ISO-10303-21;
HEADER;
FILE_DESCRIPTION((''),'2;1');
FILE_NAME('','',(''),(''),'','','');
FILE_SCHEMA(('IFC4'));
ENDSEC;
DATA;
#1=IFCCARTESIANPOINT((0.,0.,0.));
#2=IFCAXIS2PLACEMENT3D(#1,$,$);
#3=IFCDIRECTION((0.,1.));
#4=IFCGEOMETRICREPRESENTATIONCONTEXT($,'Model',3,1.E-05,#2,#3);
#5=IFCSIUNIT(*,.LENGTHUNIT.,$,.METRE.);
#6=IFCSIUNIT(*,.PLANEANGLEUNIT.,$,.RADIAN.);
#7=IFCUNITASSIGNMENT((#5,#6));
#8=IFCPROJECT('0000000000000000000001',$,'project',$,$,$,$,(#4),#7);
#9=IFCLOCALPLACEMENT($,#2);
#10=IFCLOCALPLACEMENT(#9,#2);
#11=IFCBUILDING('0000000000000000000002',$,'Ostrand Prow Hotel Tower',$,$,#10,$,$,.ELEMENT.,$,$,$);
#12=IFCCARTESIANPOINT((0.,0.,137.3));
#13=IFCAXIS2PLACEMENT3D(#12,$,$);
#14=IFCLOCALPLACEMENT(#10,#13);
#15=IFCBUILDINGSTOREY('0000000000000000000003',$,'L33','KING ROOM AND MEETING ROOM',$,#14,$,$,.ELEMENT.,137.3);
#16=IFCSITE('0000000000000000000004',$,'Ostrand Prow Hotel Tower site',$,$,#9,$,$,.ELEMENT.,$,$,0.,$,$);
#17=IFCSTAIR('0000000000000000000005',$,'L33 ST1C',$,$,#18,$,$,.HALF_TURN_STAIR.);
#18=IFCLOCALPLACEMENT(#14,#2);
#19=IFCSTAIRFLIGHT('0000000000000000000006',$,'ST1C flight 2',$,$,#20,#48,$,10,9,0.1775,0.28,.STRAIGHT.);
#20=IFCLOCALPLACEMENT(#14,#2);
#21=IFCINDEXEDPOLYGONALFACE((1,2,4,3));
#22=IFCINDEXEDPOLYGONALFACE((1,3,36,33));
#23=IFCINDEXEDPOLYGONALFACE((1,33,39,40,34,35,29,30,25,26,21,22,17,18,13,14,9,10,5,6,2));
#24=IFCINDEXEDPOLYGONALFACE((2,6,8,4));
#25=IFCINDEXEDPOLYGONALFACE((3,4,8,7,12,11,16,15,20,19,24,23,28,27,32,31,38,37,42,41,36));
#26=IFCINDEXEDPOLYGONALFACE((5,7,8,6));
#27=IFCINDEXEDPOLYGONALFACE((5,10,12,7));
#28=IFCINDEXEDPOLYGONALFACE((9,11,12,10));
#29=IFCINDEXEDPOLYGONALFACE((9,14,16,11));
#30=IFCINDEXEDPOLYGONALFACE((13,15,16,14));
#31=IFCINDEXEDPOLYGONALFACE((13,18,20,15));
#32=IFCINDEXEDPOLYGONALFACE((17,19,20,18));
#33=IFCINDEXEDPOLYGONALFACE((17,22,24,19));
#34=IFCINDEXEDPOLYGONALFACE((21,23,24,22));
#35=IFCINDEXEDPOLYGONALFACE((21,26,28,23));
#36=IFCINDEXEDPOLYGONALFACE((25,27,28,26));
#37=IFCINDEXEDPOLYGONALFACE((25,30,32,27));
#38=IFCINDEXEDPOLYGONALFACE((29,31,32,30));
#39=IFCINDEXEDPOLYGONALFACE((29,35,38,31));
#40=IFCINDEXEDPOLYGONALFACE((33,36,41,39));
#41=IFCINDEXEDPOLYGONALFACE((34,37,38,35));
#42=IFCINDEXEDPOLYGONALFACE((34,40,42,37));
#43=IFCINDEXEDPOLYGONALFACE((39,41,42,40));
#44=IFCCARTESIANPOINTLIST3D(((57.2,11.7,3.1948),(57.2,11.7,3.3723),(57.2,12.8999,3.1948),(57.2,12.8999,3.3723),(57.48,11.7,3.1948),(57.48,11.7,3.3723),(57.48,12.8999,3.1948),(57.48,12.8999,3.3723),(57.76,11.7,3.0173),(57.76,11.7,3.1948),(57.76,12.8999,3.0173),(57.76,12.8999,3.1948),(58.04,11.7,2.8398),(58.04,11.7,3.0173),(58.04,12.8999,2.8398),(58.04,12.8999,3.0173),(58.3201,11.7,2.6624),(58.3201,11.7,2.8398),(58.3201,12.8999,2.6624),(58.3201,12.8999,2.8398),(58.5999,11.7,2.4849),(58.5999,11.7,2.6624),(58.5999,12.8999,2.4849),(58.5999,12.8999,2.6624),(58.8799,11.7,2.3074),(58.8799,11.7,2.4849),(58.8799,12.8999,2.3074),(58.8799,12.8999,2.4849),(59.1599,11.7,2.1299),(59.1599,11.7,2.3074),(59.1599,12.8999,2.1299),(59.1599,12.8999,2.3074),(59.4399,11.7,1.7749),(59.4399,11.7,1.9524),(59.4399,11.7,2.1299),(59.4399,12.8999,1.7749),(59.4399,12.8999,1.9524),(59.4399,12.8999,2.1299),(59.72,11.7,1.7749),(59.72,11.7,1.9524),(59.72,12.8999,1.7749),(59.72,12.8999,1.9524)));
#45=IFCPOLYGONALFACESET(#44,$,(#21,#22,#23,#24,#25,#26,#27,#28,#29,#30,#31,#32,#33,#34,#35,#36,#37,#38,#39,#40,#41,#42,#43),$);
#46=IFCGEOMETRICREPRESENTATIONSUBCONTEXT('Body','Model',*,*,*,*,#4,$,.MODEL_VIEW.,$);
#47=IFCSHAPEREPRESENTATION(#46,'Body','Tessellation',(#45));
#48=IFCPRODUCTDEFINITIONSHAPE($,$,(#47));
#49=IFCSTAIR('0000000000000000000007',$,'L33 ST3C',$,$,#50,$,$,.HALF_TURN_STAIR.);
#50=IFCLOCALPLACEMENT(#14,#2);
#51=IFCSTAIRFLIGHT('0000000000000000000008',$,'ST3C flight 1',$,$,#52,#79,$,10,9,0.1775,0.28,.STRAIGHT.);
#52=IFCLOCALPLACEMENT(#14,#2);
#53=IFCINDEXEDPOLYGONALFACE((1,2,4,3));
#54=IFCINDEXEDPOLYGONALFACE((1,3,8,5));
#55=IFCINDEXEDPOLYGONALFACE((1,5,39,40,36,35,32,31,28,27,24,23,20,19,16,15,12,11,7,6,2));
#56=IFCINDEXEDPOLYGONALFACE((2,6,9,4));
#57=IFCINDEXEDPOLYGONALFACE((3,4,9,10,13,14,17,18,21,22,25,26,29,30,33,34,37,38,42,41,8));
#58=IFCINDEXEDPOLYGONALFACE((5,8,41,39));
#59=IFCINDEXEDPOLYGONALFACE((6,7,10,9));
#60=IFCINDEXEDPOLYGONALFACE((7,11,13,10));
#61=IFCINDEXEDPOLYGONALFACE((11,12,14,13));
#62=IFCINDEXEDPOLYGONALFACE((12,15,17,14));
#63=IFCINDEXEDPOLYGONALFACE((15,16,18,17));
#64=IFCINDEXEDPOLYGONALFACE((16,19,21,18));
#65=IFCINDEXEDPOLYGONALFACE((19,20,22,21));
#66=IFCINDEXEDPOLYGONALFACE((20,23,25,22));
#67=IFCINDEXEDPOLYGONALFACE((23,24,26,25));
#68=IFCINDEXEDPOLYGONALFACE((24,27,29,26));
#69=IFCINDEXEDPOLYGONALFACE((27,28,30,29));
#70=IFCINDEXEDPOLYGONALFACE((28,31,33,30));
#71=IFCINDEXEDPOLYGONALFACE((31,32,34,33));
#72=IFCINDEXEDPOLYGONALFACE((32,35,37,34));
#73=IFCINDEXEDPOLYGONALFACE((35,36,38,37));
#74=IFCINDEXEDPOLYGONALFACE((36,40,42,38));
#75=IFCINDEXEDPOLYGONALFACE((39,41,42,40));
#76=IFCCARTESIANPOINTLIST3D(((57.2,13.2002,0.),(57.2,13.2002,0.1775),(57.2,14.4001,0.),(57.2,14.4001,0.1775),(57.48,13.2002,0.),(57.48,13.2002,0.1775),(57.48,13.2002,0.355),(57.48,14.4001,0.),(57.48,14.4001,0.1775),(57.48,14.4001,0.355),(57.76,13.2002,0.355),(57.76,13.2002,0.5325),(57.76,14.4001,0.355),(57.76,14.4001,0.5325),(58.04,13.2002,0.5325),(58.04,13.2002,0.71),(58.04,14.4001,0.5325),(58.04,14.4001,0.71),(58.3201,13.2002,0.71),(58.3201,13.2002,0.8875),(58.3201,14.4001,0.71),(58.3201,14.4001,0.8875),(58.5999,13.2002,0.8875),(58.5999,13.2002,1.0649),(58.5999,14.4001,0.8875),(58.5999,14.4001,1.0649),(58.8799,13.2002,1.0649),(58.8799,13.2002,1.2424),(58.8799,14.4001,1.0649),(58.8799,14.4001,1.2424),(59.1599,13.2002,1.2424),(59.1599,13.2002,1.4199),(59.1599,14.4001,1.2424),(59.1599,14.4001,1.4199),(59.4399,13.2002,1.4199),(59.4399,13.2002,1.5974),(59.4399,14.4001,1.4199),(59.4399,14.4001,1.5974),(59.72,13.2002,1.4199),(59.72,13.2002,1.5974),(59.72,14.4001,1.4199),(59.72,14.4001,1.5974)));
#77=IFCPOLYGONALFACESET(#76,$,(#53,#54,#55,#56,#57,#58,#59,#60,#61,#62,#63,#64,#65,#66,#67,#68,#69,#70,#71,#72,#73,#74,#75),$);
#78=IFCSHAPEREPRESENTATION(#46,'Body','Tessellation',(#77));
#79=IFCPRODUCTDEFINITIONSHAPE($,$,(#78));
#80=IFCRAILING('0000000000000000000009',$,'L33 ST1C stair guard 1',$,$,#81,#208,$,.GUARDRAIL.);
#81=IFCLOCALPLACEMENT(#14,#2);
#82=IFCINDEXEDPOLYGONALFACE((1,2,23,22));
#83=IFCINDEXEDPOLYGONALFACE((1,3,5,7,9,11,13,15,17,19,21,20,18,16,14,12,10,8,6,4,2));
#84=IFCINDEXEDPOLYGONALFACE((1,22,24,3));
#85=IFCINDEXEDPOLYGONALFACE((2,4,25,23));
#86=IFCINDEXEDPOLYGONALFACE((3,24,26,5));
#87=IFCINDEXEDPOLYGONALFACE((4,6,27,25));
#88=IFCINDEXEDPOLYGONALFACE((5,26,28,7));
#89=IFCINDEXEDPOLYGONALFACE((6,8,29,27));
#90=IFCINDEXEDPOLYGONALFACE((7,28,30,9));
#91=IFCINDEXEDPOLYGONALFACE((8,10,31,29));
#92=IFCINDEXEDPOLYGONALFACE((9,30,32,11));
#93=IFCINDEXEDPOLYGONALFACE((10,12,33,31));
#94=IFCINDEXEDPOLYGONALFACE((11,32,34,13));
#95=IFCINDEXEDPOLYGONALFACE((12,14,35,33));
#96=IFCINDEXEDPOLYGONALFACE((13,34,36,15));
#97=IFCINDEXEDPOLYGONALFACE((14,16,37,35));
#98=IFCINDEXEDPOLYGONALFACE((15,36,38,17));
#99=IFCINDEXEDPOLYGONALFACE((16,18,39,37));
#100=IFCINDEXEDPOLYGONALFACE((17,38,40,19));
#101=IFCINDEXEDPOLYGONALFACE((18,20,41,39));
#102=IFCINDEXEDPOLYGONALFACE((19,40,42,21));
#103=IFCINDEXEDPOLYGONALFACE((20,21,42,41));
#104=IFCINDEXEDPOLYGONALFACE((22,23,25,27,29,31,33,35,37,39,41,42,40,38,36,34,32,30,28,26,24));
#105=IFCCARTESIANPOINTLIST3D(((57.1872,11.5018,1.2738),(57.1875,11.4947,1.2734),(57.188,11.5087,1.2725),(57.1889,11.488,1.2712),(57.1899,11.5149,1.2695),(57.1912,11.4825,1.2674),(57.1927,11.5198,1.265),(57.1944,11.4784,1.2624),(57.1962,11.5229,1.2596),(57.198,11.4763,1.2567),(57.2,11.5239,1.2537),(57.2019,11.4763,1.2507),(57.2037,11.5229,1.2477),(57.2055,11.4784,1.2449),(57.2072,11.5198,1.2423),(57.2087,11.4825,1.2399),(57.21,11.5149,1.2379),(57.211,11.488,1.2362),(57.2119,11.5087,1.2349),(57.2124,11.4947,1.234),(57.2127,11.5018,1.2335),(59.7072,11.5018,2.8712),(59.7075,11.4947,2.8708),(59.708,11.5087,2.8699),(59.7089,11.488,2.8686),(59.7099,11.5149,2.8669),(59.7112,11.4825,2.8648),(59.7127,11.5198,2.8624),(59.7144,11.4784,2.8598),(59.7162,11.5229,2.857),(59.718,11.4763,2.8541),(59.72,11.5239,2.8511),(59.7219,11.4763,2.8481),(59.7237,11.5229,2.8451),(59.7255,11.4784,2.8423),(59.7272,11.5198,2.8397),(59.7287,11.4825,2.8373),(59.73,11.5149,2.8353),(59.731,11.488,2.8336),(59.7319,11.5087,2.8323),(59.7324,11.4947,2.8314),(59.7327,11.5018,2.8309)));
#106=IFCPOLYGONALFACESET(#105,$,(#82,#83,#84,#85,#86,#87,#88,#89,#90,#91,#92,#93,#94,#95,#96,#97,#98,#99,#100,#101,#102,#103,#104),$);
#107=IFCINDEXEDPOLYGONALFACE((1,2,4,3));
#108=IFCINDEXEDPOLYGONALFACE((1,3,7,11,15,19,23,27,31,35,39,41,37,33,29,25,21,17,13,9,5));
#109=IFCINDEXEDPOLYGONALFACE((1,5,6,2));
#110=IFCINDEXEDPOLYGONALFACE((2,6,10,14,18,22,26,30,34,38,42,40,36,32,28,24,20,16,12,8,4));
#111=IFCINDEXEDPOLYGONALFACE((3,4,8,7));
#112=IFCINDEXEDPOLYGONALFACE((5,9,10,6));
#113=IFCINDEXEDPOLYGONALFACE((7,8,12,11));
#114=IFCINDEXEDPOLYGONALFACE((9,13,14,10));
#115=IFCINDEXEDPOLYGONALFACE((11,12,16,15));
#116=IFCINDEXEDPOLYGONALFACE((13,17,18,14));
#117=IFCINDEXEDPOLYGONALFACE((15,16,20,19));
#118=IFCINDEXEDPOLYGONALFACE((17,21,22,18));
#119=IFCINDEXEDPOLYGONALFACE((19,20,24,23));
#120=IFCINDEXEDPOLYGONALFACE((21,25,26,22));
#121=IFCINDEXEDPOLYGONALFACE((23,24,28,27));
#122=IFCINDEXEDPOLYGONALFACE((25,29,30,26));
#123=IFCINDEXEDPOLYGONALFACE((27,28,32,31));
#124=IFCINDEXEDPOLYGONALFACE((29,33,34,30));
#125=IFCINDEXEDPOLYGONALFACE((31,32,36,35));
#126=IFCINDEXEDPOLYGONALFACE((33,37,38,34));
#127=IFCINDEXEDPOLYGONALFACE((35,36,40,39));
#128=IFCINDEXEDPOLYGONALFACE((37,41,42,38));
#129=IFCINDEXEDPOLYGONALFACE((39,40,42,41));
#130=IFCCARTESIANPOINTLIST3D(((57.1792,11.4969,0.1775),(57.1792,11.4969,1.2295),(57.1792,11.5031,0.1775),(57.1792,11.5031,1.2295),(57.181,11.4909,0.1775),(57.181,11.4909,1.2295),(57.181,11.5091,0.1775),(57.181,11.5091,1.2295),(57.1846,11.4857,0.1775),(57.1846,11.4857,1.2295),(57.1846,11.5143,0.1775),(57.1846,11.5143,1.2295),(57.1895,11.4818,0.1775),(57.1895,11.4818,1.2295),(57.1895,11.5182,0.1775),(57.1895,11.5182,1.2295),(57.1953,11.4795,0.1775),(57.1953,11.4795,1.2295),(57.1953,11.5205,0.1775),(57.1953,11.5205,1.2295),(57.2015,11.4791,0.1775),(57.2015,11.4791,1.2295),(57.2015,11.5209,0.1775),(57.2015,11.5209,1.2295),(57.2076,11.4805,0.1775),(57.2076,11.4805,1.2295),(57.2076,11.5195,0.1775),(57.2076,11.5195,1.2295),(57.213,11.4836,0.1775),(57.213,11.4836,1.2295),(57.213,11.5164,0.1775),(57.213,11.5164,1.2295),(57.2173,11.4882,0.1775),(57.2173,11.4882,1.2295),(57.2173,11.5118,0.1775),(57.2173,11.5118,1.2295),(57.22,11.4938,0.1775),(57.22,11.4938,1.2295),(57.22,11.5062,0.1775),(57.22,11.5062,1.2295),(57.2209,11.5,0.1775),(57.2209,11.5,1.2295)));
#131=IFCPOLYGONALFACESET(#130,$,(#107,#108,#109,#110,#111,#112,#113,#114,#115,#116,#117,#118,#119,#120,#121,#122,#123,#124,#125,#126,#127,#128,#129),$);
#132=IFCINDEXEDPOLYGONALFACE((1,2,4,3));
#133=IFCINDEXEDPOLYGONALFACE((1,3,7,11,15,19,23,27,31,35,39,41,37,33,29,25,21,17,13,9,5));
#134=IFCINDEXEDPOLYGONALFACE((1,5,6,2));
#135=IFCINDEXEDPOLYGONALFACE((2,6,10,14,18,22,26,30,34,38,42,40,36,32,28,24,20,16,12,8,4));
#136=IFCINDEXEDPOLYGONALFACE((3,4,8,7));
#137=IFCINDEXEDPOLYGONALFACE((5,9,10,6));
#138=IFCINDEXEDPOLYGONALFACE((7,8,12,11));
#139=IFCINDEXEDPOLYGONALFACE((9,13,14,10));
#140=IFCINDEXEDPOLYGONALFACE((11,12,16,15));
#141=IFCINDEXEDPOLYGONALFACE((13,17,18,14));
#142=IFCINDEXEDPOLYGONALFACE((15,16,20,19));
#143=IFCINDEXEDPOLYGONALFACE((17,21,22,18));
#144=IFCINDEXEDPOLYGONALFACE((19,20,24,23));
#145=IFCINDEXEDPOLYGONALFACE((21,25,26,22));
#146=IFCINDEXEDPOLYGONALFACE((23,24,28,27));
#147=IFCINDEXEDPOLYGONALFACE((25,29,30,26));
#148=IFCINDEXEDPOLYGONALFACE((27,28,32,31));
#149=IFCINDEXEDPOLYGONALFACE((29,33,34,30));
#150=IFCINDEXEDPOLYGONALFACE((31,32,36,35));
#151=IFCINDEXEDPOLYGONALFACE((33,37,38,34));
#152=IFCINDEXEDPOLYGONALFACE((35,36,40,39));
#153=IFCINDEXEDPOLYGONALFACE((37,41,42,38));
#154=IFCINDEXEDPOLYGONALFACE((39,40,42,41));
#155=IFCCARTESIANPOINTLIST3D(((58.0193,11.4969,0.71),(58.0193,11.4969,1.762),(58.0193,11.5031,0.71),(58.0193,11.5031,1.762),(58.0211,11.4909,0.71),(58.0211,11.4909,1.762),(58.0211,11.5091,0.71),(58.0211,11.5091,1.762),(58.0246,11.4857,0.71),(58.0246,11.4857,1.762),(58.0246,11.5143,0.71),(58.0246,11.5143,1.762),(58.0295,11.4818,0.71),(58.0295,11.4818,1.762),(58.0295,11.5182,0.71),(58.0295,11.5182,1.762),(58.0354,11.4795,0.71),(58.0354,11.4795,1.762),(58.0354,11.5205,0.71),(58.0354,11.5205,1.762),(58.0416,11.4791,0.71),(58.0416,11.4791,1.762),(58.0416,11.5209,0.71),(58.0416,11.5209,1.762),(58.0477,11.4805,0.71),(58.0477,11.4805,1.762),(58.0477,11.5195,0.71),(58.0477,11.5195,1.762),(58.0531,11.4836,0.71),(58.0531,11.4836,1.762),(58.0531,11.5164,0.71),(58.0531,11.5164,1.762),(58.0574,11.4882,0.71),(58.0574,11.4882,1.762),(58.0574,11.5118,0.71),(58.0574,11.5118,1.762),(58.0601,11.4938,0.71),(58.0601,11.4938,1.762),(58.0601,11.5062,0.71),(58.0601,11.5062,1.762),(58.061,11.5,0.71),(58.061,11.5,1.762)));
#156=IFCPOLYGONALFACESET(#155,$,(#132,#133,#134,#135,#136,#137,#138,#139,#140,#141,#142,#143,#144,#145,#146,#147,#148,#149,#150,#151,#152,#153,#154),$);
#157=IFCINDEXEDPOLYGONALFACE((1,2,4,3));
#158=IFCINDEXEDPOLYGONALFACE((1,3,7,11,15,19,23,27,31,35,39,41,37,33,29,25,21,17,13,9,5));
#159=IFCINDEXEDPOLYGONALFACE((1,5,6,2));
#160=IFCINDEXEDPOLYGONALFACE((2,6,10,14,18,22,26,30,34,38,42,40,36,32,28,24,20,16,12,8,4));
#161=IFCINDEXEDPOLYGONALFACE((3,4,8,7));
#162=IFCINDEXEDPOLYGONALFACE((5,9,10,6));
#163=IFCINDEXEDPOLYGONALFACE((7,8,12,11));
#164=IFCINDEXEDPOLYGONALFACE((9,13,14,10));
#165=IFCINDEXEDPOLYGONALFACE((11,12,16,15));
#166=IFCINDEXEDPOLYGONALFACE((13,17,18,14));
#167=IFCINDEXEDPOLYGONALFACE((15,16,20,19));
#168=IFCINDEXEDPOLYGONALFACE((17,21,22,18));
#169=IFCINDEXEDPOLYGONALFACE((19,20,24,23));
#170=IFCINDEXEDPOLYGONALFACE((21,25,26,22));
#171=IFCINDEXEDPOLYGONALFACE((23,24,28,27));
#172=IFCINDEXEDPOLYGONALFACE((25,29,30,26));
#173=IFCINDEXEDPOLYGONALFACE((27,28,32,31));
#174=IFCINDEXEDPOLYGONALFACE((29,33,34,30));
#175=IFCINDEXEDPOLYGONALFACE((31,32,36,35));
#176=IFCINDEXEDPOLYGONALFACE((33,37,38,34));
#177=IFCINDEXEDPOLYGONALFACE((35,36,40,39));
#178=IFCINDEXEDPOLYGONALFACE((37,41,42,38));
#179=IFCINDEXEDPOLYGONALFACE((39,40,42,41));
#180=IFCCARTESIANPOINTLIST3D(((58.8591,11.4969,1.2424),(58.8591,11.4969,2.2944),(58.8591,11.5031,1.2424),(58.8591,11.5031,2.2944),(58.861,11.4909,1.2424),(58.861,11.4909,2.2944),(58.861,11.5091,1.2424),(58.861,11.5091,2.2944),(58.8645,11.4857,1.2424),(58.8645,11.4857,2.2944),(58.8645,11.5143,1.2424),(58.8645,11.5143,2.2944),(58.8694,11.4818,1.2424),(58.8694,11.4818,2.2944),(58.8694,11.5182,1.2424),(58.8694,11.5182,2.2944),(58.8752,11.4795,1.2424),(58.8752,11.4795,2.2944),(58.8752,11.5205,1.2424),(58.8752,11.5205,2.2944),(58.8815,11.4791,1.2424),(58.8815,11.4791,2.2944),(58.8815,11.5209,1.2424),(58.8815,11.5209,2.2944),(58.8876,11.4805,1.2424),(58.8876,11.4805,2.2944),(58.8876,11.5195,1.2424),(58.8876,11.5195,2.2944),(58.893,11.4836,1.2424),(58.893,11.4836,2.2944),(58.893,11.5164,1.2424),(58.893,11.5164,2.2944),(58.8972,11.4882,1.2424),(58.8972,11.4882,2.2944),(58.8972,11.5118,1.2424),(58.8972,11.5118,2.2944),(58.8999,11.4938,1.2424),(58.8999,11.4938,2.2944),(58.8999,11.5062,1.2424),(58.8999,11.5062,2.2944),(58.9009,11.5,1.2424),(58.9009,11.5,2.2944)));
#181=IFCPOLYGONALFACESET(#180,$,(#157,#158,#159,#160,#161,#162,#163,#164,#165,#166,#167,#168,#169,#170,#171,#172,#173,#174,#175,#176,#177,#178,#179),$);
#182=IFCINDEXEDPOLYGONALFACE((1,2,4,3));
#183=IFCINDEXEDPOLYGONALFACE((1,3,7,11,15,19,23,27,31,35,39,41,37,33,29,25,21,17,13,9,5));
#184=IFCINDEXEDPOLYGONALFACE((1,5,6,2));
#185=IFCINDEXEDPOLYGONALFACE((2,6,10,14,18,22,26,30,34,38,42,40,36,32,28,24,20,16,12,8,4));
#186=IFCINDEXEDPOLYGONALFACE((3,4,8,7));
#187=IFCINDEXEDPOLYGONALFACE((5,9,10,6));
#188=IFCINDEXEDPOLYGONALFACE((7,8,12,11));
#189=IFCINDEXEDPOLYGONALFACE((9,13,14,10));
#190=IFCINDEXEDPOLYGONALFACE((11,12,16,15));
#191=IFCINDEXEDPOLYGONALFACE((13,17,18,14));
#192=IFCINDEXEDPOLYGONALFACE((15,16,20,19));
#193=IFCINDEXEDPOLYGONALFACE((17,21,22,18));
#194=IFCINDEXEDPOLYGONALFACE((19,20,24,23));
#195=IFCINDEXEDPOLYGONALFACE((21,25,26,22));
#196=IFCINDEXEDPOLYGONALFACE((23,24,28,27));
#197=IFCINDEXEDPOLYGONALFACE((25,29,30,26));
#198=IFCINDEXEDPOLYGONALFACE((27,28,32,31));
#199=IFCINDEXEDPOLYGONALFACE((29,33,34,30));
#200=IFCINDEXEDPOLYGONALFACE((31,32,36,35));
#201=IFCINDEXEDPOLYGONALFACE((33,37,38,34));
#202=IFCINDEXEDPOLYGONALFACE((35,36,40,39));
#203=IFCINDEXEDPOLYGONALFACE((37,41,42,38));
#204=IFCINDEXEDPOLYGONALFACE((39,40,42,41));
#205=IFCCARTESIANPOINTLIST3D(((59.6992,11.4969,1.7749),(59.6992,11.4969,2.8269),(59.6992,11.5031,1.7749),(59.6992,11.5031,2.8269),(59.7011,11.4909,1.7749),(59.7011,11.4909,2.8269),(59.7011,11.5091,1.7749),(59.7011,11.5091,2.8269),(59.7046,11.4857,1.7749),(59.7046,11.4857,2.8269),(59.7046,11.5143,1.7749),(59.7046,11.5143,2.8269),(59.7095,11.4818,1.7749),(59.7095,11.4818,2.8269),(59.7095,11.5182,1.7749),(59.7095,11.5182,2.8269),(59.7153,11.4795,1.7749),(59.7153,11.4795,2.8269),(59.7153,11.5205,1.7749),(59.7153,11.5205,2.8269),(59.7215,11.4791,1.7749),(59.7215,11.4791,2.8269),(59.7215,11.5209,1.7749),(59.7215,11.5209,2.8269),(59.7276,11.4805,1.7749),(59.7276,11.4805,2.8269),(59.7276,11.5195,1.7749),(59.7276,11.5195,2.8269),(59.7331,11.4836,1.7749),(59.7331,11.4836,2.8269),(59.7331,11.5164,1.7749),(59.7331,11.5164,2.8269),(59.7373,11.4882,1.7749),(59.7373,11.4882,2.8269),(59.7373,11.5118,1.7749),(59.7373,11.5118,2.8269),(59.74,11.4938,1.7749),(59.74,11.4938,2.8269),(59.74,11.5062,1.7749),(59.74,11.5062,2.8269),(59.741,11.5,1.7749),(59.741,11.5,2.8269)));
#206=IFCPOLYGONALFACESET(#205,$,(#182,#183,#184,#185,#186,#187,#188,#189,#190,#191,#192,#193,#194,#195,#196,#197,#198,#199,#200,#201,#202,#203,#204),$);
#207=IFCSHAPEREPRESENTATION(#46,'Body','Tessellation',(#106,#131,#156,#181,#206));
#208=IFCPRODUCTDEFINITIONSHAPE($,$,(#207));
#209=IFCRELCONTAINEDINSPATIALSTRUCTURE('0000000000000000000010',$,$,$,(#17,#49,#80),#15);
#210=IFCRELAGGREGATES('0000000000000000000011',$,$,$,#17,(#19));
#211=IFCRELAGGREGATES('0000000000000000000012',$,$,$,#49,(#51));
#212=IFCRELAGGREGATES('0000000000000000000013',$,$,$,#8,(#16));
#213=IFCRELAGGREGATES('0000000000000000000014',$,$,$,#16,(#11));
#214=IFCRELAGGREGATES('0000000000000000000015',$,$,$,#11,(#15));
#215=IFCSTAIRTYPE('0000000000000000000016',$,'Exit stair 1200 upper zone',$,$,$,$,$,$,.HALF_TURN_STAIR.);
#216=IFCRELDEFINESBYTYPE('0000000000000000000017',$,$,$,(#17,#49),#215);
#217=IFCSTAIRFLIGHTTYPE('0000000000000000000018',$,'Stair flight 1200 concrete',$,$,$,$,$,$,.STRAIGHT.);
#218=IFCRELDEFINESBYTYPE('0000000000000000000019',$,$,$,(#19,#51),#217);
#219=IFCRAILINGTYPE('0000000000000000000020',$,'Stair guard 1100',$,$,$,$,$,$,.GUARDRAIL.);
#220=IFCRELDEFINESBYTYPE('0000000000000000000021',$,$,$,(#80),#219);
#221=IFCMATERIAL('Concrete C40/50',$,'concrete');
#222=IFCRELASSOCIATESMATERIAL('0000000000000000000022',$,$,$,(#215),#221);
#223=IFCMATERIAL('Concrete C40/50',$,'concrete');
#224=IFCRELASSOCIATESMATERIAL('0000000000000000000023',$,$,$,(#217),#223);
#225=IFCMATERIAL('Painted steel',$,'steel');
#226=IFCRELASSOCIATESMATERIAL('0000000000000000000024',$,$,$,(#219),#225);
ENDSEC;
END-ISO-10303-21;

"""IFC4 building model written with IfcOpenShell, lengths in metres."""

from ifc_helpers import new_model, si_unit, direction, frame, origin, origin_2d, place, context, subcontext, project, spatial, polyline, circle, outline, extrude, material, type_object, element, aggregate, save


model = new_model("IFC4")

# Units and contexts
model_context = context("Model", 3, precision=1e-05, world=origin(), true_north=direction((0.0, 1.0)))
body_context = subcontext(model_context, "Body", "Model", "MODEL_VIEW")
ifc_project = project(units=[si_unit("LENGTHUNIT", "METRE"), si_unit("PLANEANGLEUNIT", "RADIAN")], contexts=[model_context])

# Site, building, storey
site_placement = place(None, origin())
site = spatial("IfcSite", under=ifc_project, at=site_placement, Name="Ostrand Prow Hotel Tower site", CompositionType="ELEMENT", RefElevation=0.0)
building_placement = place(site_placement, origin())
building = spatial("IfcBuilding", under=site, at=building_placement, Name="Ostrand Prow Hotel Tower", CompositionType="ELEMENT")
storey_placement = place(building_placement, frame((0.0, 0.0, 137.3)))
storey = spatial("IfcBuildingStorey", under=building, at=storey_placement, Name="L33", Description="KING ROOM AND MEETING ROOM", CompositionType="ELEMENT", Elevation=137.3)

# Stair, stair flight
ifc_material_1 = material(Name="Concrete C40/50", Category="concrete")
stair_type = type_object("IfcStairType", Name="Exit stair 1200 upper zone", PredefinedType="HALF_TURN_STAIR", material=ifc_material_1)
stair_1_placement = place(storey_placement, origin())
stair_1 = element("IfcStair", 1, at=stair_1_placement, inside=storey, type_object=stair_type, Name="L33 ST1C", PredefinedType="HALF_TURN_STAIR")
ifc_material_2 = material(Name="Concrete C40/50", Category="concrete")
stair_flight_type = type_object("IfcStairFlightType", Name="Stair flight 1200 concrete", PredefinedType="STRAIGHT", material=ifc_material_2)
stair_flight_1_placement = place(storey_placement, frame((59.72, 12.3, 1.7749), z_axis=(0.0, 0.0, 1.0), x_axis=(-1.0, 0.0, 0.0)))
stair_flight_1 = element("IfcStairFlight", 2, at=stair_flight_1_placement, type_object=stair_flight_type, Name="ST1C flight 2", NumberOfRisers=10, NumberOfTreads=9, PredefinedType="STRAIGHT", RiserHeight=0.1775, TreadLength=0.28, context=body_context, shape_type="SweptSolid", body=[
    extrude(outline(polyline([(0.0, 0.0), (0.0, 0.1775), (0.28, 0.1775), (0.28, 0.355), (0.5601, 0.355), (0.5601, 0.5325), (0.8401, 0.5325), (0.8401, 0.71), (1.1201, 0.71), (1.1201, 0.8875), (1.3999, 0.8875), (1.3999, 1.0649), (1.6799, 1.0649), (1.6799, 1.2424), (1.96, 1.2424), (1.96, 1.4199), (2.24, 1.4199), (2.24, 1.5974), (2.52, 1.5974), (2.52, 1.7749), (2.52, 1.4199), (0.28, 0.0), (0.0, 0.0)])), frame((0.0, 0.6001, 0.0), z_axis=(0.0, -1.0, 0.0), x_axis=(1.0, 0.0, 0.0)), (0.0, 0.0, 1.0), 1.2),
])
aggregate(stair_1, [stair_flight_1])

# Stair, stair flight
stair_2_placement = place(storey_placement, origin())
stair_2 = element("IfcStair", 3, at=stair_2_placement, inside=storey, type_object=stair_type, Name="L33 ST3C", PredefinedType="HALF_TURN_STAIR")
stair_flight_2_placement = place(storey_placement, frame((57.2, 13.8, 0.0), z_axis=(0.0, 0.0, 1.0), x_axis=(1.0, 0.0, 0.0)))
stair_flight_2 = element("IfcStairFlight", 4, at=stair_flight_2_placement, type_object=stair_flight_type, Name="ST3C flight 1", NumberOfRisers=10, NumberOfTreads=9, PredefinedType="STRAIGHT", RiserHeight=0.1775, TreadLength=0.28, context=body_context, shape_type="SweptSolid", body=[
    extrude(outline(polyline([(0.0, 0.0), (0.0, 0.1775), (0.28, 0.1775), (0.28, 0.355), (0.5601, 0.355), (0.5601, 0.5325), (0.8401, 0.5325), (0.8401, 0.71), (1.1201, 0.71), (1.1201, 0.8875), (1.3999, 0.8875), (1.3999, 1.0649), (1.6799, 1.0649), (1.6799, 1.2424), (1.96, 1.2424), (1.96, 1.4199), (2.24, 1.4199), (2.24, 1.5974), (2.52, 1.5974), (2.52, 1.7749), (2.52, 1.4199), (0.28, 0.0), (0.0, 0.0)])), frame((0.0, 0.6001, 0.0), z_axis=(0.0, -1.0, 0.0), x_axis=(1.0, 0.0, 0.0)), (0.0, 0.0, 1.0), 1.2),
])
aggregate(stair_2, [stair_flight_2])

# Railing
ifc_material_3 = material(Name="Painted steel", Category="steel")
railing_type_1 = type_object("IfcRailingType", Name="Stair guard 1100", PredefinedType="GUARDRAIL", material=ifc_material_3)
railing_1_placement = place(storey_placement, frame((57.2, 11.5, 0.1775)))
element("IfcRailing", 5, at=railing_1_placement, inside=storey, type_object=railing_type_1, Name="L33 ST1C stair guard 1", PredefinedType="GUARDRAIL", context=body_context, shape_type="SweptSolid", body=[
    extrude(circle(Radius=0.0239, at=origin_2d()), frame((0.0, 0.0, 1.0762), z_axis=(0.844607, 0.0, 0.535387), x_axis=(0.0, 1.0, 0.0)), (0.0, 0.0, 1.0), 2.9836),
    extrude(circle(Radius=0.021, at=origin_2d()), origin(), (0.0, 0.0, 1.0), 1.052),
    extrude(circle(Radius=0.021, at=origin_2d()), frame((0.8401, 0.0, 0.5325)), (0.0, 0.0, 1.0), 1.052),
    extrude(circle(Radius=0.021, at=origin_2d()), frame((1.6799, 0.0, 1.0649)), (0.0, 0.0, 1.0), 1.052),
    extrude(circle(Radius=0.021, at=origin_2d()), frame((2.52, 0.0, 1.5974)), (0.0, 0.0, 1.0), 1.052),
])

save(model, "model.ifc")
